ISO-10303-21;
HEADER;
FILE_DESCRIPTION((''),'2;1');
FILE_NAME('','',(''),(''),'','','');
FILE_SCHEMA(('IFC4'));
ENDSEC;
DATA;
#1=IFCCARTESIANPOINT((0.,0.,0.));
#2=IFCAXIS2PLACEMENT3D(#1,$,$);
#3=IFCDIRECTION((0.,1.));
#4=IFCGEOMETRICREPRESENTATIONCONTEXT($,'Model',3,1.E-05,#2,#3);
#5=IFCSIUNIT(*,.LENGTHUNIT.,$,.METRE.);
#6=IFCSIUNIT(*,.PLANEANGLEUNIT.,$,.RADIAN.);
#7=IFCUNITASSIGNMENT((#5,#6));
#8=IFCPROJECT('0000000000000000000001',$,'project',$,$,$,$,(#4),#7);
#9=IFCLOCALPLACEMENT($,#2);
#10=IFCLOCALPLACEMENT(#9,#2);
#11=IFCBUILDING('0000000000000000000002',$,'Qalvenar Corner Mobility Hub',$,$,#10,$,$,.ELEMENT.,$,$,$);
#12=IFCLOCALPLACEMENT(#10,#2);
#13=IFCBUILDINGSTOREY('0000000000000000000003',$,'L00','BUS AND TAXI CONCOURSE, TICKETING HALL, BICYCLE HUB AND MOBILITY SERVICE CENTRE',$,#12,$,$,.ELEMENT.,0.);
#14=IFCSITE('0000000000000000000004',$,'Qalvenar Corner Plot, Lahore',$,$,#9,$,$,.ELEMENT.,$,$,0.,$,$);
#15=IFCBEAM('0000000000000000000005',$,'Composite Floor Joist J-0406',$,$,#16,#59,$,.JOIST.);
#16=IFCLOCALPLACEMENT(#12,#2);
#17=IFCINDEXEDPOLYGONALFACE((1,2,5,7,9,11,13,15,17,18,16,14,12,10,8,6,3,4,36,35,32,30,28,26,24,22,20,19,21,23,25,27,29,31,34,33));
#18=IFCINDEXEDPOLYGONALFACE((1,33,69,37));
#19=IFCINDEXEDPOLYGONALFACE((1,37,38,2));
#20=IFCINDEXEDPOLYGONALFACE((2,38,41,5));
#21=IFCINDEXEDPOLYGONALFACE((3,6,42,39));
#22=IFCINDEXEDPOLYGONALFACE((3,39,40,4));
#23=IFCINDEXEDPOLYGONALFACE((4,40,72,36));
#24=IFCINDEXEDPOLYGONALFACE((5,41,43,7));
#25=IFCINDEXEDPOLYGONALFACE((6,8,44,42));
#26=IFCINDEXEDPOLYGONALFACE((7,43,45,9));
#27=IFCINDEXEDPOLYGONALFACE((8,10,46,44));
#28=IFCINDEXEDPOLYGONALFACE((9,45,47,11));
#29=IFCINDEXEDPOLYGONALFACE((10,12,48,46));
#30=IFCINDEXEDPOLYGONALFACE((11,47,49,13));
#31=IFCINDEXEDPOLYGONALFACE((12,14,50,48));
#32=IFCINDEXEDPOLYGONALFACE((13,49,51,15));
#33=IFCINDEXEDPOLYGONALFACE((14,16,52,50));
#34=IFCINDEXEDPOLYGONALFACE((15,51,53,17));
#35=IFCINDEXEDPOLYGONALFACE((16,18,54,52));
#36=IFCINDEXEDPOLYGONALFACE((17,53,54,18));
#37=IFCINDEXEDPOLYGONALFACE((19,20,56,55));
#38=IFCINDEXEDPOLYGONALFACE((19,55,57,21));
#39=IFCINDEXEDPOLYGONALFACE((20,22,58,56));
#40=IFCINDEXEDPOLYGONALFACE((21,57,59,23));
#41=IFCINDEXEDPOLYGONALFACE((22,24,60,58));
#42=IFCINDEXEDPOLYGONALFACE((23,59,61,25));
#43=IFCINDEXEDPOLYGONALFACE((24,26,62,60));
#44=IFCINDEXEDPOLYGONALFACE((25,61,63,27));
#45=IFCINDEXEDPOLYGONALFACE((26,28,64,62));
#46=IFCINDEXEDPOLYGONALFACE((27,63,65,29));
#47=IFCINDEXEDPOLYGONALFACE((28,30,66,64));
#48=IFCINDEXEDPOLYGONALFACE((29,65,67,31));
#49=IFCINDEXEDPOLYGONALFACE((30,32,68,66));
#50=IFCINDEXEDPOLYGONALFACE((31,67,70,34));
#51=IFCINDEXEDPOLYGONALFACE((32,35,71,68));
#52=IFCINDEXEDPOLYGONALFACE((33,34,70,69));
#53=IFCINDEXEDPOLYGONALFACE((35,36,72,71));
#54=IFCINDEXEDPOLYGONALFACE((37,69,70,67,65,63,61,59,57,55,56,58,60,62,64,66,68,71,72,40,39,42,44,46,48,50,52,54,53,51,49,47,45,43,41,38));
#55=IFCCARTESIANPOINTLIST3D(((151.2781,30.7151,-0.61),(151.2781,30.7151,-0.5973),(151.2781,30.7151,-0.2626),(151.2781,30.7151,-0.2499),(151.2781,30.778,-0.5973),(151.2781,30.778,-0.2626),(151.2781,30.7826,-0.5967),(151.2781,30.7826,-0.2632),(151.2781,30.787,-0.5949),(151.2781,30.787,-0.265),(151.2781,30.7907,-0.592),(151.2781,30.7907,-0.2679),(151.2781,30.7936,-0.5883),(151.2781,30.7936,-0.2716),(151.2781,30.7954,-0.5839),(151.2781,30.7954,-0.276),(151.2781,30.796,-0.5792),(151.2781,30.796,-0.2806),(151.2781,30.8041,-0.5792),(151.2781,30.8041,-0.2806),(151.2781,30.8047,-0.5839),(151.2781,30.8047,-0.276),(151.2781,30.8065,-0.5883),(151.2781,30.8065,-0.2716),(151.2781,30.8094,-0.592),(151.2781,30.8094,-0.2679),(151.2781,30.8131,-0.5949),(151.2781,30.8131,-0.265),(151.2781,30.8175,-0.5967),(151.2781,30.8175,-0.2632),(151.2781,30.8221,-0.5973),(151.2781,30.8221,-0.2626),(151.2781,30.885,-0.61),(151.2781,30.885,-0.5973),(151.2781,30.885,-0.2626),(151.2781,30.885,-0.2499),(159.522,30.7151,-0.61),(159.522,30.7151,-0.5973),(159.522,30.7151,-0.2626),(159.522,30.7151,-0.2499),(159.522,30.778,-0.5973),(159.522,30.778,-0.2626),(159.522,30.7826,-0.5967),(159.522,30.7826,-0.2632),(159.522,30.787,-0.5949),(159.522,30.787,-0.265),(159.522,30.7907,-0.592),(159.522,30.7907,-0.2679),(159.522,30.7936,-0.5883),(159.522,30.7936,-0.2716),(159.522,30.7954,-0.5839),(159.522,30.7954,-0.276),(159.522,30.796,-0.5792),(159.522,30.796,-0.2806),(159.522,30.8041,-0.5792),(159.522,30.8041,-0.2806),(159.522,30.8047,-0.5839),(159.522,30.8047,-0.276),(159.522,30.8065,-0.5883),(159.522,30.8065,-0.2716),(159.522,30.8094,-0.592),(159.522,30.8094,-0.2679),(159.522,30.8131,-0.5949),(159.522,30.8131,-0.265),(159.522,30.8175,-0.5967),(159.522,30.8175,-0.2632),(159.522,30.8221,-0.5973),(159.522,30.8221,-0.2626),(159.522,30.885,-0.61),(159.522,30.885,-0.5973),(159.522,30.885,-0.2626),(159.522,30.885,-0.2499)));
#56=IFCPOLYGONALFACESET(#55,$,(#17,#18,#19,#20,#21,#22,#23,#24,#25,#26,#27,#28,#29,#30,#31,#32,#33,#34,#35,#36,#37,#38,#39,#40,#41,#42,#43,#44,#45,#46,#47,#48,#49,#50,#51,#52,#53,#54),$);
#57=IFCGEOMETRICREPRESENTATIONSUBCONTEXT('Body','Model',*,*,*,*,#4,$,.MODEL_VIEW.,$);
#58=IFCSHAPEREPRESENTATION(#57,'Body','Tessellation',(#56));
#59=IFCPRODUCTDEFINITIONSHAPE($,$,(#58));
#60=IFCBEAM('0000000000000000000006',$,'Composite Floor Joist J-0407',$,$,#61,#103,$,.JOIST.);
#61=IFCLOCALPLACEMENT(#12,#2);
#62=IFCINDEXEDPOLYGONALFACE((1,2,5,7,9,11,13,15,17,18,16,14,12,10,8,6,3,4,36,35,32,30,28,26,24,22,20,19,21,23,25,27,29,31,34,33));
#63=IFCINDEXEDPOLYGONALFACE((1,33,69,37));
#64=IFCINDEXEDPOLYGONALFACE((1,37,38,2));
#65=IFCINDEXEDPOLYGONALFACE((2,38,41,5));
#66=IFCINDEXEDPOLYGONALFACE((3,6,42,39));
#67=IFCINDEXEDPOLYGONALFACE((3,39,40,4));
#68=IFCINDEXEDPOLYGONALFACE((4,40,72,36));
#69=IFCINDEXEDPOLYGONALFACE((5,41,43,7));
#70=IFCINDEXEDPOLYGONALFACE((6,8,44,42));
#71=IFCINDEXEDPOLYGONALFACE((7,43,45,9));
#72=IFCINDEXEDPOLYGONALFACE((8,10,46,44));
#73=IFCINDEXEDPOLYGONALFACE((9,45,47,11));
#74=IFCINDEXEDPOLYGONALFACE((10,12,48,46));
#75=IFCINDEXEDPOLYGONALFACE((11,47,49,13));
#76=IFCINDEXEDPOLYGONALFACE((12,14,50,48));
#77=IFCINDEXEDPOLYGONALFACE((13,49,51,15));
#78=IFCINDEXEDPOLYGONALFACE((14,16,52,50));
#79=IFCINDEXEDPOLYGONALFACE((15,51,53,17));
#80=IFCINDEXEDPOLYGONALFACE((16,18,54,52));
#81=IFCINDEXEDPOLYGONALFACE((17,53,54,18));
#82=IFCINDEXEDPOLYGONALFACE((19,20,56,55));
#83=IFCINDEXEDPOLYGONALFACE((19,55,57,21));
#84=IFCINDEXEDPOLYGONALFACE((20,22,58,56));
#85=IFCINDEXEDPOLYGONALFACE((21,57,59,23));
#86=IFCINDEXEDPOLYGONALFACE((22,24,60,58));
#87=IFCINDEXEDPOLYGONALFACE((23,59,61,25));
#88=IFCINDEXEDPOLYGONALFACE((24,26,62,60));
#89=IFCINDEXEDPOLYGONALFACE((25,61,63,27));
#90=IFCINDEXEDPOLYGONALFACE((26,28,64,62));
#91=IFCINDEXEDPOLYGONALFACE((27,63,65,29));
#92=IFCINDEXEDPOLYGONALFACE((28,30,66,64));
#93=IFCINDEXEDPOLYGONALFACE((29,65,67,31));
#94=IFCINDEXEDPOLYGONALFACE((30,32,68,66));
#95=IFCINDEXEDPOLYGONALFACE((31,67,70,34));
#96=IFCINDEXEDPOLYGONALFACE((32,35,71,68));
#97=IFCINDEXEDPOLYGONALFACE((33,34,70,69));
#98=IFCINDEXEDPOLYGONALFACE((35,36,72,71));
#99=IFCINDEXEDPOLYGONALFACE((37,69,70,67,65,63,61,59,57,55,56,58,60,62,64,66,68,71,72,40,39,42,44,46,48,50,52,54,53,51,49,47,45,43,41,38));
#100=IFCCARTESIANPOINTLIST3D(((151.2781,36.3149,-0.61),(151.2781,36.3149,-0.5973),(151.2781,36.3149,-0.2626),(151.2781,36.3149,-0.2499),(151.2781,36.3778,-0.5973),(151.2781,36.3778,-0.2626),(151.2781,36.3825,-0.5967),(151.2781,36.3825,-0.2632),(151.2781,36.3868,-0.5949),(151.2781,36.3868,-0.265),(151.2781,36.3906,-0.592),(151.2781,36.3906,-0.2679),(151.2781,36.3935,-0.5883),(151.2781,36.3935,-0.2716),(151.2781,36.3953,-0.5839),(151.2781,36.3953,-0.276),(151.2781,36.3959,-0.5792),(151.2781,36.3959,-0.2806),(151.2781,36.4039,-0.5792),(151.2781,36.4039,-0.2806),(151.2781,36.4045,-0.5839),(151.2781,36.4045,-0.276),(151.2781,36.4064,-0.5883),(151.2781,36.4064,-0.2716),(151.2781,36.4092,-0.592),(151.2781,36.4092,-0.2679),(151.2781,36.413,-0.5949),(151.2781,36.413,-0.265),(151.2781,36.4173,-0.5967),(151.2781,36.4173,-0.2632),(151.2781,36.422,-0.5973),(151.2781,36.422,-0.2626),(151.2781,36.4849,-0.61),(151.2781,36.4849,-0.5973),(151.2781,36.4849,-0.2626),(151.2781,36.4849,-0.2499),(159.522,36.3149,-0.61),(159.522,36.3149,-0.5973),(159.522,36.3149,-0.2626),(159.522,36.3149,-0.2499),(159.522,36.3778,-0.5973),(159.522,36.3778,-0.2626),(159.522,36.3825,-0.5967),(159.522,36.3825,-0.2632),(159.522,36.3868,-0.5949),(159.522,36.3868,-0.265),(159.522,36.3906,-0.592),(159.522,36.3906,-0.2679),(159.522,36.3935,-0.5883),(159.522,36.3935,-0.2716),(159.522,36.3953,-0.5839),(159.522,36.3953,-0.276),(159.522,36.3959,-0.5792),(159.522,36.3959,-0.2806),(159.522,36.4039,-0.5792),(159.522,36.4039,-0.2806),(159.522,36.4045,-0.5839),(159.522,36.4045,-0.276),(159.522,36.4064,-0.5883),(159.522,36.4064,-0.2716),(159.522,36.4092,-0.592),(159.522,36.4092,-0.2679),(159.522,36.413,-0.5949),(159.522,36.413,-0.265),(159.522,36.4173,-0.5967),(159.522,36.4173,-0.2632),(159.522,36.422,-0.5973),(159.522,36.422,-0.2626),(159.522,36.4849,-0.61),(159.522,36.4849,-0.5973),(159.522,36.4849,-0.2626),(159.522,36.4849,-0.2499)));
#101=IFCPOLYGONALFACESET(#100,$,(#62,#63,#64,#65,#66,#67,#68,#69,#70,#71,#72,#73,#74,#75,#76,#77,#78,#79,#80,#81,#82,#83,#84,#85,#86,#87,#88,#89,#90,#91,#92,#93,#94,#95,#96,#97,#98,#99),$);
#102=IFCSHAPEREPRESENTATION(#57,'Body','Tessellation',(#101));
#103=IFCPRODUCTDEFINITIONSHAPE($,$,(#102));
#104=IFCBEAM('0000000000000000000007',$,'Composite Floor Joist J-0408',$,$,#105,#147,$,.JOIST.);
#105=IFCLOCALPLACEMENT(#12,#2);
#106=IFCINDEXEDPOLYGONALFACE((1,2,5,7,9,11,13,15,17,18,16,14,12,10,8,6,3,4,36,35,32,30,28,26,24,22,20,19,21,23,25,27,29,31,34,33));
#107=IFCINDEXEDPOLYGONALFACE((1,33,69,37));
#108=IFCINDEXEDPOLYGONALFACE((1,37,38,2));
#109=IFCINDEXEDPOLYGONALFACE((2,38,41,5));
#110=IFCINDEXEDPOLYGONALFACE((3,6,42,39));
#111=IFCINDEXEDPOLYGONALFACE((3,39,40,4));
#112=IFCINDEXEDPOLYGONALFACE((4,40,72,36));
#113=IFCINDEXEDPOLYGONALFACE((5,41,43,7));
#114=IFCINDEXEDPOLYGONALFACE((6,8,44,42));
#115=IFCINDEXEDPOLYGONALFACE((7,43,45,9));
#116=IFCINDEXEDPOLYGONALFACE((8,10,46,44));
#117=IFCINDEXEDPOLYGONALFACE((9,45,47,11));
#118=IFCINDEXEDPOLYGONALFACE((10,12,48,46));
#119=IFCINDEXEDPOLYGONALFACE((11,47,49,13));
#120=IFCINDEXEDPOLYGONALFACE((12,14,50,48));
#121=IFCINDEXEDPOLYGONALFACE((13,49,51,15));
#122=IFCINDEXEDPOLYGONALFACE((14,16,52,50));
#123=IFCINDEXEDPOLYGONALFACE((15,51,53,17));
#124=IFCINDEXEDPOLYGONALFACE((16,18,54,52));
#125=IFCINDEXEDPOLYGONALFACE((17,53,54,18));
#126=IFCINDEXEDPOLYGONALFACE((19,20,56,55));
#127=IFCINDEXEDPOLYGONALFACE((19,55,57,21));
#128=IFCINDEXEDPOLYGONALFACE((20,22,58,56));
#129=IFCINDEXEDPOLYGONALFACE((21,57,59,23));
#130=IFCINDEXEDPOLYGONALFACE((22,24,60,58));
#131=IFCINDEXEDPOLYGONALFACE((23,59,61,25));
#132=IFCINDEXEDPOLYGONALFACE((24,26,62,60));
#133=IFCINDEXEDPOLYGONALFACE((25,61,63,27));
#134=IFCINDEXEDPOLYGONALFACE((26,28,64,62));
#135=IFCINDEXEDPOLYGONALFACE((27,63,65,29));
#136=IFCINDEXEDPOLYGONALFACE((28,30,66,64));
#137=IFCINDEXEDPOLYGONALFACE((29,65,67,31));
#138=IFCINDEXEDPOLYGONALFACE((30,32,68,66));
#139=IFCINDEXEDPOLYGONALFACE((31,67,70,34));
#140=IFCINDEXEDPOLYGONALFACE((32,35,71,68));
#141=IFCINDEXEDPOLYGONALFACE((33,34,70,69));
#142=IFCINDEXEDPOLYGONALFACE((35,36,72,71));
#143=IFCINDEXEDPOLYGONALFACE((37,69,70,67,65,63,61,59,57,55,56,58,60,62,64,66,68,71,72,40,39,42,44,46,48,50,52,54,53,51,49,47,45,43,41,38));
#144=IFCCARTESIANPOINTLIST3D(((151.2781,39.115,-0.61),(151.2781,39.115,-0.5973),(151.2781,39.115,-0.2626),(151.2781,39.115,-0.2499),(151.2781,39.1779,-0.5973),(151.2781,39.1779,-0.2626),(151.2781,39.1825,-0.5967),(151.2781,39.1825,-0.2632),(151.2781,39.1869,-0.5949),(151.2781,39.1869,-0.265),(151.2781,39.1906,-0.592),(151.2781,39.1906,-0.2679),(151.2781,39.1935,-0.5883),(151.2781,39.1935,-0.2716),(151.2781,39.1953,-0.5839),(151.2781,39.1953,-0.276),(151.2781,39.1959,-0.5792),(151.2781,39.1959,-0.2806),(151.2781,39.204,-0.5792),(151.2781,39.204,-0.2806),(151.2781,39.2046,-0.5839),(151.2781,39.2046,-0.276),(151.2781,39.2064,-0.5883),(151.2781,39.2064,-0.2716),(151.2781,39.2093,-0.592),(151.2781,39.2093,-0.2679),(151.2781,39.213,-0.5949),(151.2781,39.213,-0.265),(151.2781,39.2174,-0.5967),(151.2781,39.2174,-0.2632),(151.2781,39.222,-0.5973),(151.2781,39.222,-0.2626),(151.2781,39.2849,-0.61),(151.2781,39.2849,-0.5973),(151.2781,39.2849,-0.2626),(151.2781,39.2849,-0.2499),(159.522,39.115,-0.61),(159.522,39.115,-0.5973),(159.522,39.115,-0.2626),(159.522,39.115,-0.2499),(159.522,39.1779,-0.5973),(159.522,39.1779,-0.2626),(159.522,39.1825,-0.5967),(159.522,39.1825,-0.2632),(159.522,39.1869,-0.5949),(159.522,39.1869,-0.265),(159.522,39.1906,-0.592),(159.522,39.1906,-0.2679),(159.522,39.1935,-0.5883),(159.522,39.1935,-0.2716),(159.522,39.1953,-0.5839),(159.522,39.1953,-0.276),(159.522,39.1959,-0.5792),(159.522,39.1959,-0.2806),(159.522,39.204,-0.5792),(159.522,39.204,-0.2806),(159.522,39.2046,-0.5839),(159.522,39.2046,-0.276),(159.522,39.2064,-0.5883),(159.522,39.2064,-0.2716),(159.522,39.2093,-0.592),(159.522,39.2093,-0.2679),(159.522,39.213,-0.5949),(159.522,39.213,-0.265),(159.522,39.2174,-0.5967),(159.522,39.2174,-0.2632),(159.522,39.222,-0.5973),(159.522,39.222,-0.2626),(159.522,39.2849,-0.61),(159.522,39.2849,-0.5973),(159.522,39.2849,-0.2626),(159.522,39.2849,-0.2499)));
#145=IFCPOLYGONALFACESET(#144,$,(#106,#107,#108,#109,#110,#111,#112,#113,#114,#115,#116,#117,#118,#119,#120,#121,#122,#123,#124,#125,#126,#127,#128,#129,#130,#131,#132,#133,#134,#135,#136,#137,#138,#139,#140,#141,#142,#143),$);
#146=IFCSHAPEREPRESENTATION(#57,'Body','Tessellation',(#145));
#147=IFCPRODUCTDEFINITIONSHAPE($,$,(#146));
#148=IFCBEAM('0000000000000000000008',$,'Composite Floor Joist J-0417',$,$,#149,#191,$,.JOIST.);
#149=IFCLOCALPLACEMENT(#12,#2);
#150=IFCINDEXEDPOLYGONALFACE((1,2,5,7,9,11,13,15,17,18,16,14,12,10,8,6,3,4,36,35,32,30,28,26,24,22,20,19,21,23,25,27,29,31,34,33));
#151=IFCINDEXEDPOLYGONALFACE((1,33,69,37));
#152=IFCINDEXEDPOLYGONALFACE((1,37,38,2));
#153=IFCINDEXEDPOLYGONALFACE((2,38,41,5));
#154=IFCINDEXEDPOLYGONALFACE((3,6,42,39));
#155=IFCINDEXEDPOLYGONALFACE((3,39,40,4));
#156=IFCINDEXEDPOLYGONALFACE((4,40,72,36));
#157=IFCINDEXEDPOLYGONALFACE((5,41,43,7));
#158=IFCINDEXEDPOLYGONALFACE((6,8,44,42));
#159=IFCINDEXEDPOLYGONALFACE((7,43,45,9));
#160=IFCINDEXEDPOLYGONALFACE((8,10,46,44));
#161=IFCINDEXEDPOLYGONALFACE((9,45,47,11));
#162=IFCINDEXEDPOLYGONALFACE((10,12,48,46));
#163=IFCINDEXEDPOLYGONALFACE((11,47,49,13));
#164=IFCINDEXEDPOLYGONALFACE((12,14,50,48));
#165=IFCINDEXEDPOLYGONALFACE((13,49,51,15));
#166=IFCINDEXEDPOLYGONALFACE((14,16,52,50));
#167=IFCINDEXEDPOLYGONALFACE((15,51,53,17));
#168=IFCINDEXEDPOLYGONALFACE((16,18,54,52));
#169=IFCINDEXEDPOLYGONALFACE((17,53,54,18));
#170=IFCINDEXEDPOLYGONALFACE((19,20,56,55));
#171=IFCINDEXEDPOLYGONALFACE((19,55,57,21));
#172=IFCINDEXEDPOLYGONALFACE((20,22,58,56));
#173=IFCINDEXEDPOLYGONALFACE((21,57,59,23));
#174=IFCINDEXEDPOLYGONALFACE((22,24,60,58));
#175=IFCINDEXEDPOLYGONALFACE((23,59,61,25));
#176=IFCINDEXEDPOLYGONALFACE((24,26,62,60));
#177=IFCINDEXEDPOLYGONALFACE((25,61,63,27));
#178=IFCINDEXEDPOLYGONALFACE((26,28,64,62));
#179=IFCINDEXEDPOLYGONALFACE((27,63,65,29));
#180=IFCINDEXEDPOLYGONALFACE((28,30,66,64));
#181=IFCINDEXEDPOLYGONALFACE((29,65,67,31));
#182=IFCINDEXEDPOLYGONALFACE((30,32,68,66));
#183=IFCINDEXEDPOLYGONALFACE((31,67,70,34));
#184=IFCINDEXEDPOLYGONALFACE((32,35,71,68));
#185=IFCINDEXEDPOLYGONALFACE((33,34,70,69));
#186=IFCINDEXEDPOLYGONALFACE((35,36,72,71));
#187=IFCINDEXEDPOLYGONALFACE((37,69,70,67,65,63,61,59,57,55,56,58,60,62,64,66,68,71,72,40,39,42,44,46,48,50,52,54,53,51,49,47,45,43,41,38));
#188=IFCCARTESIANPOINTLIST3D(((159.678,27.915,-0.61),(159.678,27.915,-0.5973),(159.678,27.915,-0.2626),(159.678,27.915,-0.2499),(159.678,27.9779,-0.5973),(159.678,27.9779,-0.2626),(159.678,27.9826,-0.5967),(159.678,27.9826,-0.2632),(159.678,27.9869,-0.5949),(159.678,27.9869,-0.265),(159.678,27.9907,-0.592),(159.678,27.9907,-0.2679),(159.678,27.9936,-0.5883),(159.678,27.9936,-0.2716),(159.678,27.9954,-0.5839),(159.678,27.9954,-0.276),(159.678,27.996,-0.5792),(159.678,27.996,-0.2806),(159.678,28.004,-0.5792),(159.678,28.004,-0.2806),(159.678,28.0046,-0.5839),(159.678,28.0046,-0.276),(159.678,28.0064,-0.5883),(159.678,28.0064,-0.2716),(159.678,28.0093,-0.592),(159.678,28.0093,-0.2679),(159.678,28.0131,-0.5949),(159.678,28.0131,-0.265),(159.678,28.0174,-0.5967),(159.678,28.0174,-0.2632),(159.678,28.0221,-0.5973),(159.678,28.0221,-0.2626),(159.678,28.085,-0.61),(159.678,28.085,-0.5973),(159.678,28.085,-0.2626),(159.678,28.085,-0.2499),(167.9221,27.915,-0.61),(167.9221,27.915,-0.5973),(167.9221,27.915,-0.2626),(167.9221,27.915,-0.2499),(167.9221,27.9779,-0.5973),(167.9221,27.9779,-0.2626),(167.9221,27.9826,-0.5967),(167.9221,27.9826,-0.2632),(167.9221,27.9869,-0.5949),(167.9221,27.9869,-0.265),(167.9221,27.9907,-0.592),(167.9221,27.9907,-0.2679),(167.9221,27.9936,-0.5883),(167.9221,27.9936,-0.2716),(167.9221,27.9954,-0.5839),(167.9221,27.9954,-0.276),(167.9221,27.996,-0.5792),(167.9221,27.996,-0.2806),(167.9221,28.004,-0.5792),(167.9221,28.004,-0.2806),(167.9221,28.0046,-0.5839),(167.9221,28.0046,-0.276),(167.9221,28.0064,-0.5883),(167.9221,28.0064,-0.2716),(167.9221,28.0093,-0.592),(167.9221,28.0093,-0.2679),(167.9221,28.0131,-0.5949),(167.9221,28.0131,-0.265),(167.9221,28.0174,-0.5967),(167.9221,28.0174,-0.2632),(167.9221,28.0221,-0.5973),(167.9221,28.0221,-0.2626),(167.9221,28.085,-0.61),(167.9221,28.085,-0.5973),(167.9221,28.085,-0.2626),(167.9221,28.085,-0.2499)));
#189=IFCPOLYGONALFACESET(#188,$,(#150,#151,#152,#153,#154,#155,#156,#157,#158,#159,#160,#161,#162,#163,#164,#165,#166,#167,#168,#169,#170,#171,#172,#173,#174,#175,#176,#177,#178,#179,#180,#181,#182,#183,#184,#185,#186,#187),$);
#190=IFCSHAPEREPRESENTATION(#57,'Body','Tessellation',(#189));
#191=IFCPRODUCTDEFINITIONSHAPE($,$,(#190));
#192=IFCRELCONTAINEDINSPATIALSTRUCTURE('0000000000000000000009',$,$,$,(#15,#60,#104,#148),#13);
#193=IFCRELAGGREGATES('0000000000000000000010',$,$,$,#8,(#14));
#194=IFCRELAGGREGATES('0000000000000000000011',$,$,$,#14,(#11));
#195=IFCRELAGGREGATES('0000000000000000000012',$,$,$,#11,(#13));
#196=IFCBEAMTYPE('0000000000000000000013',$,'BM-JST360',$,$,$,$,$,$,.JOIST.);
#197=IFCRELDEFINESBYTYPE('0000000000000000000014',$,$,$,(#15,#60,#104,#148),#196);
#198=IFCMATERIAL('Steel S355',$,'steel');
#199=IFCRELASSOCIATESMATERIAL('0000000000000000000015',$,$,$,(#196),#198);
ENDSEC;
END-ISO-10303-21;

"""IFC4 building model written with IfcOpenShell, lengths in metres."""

from ifc_helpers import new_model, si_unit, direction, frame, origin, origin_2d, place, context, subcontext, project, spatial, i_section, extrude, material, material_profile, profile_set, type_object, element, save


model = new_model("IFC4")

# Units and contexts
model_context = context("Model", 3, precision=1e-05, world=origin(), true_north=direction((0.0, 1.0)))
body_context = subcontext(model_context, "Body", "Model", "MODEL_VIEW")
ifc_project = project(units=[si_unit("LENGTHUNIT", "METRE"), si_unit("PLANEANGLEUNIT", "RADIAN")], contexts=[model_context])

# Site, building, storey
site_placement = place(None, origin())
site = spatial("IfcSite", under=ifc_project, at=site_placement, Name="Qalvenar Corner Plot, Lahore", CompositionType="ELEMENT", RefElevation=0.0)
building_placement = place(site_placement, origin())
building = spatial("IfcBuilding", under=site, at=building_placement, Name="Qalvenar Corner Mobility Hub", CompositionType="ELEMENT")
storey_placement = place(building_placement, origin())
storey = spatial("IfcBuildingStorey", under=building, at=storey_placement, Name="L00", Description="BUS AND TAXI CONCOURSE, TICKETING HALL, BICYCLE HUB AND MOBILITY SERVICE CENTRE", CompositionType="ELEMENT", Elevation=0.0)

# Shared definitions
ifc_material_1 = material(Name="Steel S355", Category="steel")

# Beams
ifc_material_profile_1 = material_profile(ifc_material_1, i_section(OverallWidth=0.1699, OverallDepth=0.3601, WebThickness=0.0081, FlangeThickness=0.0127, FilletRadius=0.0181, at=origin_2d()), Name="IPE360")
ifc_profile_set_1 = profile_set([ifc_material_profile_1], Name="Steel S355")
beam_type_1 = type_object("IfcBeamType", Name="BM-JST360", PredefinedType="JOIST", material=ifc_profile_set_1)
for number, where, z_axis, x_axis, name in (
    (1, (151.2781, 30.8, -0.4299), (1.0, 0.0, 0.0), (0.0, 1.0, 0.0), "Composite Floor Joist J-0406"),
    (2, (151.2781, 36.3999, -0.4299), (1.0, 0.0, 0.0), (0.0, 1.0, 0.0), "Composite Floor Joist J-0407"),
    (3, (151.2781, 39.2, -0.4299), (1.0, 0.0, 0.0), (0.0, 1.0, 0.0), "Composite Floor Joist J-0408"),
):
    element("IfcBeam", number, at=place(storey_placement, frame(where, z_axis=z_axis, x_axis=x_axis)), inside=storey, type_object=beam_type_1, Name=name, PredefinedType="JOIST", context=body_context, shape_type="SweptSolid", body=[
        extrude(i_section(OverallWidth=0.1699, OverallDepth=0.3601, WebThickness=0.0081, FlangeThickness=0.0127, FilletRadius=0.0181, at=origin_2d()), origin(), (0.0, 0.0, 1.0), 8.2439),
    ])
for number, where, z_axis, x_axis, name in (
    (4, (159.678, 28.0, -0.4299), (1.0, 0.0, 0.0), (0.0, 1.0, 0.0), "Composite Floor Joist J-0417"),
):
    element("IfcBeam", number, at=place(storey_placement, frame(where, z_axis=z_axis, x_axis=x_axis)), inside=storey, type_object=beam_type_1, Name=name, PredefinedType="JOIST", context=body_context, shape_type="SweptSolid", body=[
        extrude(i_section(OverallWidth=0.1699, OverallDepth=0.3601, WebThickness=0.0081, FlangeThickness=0.0127, FilletRadius=0.0181, at=origin_2d()), origin(), (0.0, 0.0, 1.0), 8.2441),
    ])

save(model, "model.ifc")
